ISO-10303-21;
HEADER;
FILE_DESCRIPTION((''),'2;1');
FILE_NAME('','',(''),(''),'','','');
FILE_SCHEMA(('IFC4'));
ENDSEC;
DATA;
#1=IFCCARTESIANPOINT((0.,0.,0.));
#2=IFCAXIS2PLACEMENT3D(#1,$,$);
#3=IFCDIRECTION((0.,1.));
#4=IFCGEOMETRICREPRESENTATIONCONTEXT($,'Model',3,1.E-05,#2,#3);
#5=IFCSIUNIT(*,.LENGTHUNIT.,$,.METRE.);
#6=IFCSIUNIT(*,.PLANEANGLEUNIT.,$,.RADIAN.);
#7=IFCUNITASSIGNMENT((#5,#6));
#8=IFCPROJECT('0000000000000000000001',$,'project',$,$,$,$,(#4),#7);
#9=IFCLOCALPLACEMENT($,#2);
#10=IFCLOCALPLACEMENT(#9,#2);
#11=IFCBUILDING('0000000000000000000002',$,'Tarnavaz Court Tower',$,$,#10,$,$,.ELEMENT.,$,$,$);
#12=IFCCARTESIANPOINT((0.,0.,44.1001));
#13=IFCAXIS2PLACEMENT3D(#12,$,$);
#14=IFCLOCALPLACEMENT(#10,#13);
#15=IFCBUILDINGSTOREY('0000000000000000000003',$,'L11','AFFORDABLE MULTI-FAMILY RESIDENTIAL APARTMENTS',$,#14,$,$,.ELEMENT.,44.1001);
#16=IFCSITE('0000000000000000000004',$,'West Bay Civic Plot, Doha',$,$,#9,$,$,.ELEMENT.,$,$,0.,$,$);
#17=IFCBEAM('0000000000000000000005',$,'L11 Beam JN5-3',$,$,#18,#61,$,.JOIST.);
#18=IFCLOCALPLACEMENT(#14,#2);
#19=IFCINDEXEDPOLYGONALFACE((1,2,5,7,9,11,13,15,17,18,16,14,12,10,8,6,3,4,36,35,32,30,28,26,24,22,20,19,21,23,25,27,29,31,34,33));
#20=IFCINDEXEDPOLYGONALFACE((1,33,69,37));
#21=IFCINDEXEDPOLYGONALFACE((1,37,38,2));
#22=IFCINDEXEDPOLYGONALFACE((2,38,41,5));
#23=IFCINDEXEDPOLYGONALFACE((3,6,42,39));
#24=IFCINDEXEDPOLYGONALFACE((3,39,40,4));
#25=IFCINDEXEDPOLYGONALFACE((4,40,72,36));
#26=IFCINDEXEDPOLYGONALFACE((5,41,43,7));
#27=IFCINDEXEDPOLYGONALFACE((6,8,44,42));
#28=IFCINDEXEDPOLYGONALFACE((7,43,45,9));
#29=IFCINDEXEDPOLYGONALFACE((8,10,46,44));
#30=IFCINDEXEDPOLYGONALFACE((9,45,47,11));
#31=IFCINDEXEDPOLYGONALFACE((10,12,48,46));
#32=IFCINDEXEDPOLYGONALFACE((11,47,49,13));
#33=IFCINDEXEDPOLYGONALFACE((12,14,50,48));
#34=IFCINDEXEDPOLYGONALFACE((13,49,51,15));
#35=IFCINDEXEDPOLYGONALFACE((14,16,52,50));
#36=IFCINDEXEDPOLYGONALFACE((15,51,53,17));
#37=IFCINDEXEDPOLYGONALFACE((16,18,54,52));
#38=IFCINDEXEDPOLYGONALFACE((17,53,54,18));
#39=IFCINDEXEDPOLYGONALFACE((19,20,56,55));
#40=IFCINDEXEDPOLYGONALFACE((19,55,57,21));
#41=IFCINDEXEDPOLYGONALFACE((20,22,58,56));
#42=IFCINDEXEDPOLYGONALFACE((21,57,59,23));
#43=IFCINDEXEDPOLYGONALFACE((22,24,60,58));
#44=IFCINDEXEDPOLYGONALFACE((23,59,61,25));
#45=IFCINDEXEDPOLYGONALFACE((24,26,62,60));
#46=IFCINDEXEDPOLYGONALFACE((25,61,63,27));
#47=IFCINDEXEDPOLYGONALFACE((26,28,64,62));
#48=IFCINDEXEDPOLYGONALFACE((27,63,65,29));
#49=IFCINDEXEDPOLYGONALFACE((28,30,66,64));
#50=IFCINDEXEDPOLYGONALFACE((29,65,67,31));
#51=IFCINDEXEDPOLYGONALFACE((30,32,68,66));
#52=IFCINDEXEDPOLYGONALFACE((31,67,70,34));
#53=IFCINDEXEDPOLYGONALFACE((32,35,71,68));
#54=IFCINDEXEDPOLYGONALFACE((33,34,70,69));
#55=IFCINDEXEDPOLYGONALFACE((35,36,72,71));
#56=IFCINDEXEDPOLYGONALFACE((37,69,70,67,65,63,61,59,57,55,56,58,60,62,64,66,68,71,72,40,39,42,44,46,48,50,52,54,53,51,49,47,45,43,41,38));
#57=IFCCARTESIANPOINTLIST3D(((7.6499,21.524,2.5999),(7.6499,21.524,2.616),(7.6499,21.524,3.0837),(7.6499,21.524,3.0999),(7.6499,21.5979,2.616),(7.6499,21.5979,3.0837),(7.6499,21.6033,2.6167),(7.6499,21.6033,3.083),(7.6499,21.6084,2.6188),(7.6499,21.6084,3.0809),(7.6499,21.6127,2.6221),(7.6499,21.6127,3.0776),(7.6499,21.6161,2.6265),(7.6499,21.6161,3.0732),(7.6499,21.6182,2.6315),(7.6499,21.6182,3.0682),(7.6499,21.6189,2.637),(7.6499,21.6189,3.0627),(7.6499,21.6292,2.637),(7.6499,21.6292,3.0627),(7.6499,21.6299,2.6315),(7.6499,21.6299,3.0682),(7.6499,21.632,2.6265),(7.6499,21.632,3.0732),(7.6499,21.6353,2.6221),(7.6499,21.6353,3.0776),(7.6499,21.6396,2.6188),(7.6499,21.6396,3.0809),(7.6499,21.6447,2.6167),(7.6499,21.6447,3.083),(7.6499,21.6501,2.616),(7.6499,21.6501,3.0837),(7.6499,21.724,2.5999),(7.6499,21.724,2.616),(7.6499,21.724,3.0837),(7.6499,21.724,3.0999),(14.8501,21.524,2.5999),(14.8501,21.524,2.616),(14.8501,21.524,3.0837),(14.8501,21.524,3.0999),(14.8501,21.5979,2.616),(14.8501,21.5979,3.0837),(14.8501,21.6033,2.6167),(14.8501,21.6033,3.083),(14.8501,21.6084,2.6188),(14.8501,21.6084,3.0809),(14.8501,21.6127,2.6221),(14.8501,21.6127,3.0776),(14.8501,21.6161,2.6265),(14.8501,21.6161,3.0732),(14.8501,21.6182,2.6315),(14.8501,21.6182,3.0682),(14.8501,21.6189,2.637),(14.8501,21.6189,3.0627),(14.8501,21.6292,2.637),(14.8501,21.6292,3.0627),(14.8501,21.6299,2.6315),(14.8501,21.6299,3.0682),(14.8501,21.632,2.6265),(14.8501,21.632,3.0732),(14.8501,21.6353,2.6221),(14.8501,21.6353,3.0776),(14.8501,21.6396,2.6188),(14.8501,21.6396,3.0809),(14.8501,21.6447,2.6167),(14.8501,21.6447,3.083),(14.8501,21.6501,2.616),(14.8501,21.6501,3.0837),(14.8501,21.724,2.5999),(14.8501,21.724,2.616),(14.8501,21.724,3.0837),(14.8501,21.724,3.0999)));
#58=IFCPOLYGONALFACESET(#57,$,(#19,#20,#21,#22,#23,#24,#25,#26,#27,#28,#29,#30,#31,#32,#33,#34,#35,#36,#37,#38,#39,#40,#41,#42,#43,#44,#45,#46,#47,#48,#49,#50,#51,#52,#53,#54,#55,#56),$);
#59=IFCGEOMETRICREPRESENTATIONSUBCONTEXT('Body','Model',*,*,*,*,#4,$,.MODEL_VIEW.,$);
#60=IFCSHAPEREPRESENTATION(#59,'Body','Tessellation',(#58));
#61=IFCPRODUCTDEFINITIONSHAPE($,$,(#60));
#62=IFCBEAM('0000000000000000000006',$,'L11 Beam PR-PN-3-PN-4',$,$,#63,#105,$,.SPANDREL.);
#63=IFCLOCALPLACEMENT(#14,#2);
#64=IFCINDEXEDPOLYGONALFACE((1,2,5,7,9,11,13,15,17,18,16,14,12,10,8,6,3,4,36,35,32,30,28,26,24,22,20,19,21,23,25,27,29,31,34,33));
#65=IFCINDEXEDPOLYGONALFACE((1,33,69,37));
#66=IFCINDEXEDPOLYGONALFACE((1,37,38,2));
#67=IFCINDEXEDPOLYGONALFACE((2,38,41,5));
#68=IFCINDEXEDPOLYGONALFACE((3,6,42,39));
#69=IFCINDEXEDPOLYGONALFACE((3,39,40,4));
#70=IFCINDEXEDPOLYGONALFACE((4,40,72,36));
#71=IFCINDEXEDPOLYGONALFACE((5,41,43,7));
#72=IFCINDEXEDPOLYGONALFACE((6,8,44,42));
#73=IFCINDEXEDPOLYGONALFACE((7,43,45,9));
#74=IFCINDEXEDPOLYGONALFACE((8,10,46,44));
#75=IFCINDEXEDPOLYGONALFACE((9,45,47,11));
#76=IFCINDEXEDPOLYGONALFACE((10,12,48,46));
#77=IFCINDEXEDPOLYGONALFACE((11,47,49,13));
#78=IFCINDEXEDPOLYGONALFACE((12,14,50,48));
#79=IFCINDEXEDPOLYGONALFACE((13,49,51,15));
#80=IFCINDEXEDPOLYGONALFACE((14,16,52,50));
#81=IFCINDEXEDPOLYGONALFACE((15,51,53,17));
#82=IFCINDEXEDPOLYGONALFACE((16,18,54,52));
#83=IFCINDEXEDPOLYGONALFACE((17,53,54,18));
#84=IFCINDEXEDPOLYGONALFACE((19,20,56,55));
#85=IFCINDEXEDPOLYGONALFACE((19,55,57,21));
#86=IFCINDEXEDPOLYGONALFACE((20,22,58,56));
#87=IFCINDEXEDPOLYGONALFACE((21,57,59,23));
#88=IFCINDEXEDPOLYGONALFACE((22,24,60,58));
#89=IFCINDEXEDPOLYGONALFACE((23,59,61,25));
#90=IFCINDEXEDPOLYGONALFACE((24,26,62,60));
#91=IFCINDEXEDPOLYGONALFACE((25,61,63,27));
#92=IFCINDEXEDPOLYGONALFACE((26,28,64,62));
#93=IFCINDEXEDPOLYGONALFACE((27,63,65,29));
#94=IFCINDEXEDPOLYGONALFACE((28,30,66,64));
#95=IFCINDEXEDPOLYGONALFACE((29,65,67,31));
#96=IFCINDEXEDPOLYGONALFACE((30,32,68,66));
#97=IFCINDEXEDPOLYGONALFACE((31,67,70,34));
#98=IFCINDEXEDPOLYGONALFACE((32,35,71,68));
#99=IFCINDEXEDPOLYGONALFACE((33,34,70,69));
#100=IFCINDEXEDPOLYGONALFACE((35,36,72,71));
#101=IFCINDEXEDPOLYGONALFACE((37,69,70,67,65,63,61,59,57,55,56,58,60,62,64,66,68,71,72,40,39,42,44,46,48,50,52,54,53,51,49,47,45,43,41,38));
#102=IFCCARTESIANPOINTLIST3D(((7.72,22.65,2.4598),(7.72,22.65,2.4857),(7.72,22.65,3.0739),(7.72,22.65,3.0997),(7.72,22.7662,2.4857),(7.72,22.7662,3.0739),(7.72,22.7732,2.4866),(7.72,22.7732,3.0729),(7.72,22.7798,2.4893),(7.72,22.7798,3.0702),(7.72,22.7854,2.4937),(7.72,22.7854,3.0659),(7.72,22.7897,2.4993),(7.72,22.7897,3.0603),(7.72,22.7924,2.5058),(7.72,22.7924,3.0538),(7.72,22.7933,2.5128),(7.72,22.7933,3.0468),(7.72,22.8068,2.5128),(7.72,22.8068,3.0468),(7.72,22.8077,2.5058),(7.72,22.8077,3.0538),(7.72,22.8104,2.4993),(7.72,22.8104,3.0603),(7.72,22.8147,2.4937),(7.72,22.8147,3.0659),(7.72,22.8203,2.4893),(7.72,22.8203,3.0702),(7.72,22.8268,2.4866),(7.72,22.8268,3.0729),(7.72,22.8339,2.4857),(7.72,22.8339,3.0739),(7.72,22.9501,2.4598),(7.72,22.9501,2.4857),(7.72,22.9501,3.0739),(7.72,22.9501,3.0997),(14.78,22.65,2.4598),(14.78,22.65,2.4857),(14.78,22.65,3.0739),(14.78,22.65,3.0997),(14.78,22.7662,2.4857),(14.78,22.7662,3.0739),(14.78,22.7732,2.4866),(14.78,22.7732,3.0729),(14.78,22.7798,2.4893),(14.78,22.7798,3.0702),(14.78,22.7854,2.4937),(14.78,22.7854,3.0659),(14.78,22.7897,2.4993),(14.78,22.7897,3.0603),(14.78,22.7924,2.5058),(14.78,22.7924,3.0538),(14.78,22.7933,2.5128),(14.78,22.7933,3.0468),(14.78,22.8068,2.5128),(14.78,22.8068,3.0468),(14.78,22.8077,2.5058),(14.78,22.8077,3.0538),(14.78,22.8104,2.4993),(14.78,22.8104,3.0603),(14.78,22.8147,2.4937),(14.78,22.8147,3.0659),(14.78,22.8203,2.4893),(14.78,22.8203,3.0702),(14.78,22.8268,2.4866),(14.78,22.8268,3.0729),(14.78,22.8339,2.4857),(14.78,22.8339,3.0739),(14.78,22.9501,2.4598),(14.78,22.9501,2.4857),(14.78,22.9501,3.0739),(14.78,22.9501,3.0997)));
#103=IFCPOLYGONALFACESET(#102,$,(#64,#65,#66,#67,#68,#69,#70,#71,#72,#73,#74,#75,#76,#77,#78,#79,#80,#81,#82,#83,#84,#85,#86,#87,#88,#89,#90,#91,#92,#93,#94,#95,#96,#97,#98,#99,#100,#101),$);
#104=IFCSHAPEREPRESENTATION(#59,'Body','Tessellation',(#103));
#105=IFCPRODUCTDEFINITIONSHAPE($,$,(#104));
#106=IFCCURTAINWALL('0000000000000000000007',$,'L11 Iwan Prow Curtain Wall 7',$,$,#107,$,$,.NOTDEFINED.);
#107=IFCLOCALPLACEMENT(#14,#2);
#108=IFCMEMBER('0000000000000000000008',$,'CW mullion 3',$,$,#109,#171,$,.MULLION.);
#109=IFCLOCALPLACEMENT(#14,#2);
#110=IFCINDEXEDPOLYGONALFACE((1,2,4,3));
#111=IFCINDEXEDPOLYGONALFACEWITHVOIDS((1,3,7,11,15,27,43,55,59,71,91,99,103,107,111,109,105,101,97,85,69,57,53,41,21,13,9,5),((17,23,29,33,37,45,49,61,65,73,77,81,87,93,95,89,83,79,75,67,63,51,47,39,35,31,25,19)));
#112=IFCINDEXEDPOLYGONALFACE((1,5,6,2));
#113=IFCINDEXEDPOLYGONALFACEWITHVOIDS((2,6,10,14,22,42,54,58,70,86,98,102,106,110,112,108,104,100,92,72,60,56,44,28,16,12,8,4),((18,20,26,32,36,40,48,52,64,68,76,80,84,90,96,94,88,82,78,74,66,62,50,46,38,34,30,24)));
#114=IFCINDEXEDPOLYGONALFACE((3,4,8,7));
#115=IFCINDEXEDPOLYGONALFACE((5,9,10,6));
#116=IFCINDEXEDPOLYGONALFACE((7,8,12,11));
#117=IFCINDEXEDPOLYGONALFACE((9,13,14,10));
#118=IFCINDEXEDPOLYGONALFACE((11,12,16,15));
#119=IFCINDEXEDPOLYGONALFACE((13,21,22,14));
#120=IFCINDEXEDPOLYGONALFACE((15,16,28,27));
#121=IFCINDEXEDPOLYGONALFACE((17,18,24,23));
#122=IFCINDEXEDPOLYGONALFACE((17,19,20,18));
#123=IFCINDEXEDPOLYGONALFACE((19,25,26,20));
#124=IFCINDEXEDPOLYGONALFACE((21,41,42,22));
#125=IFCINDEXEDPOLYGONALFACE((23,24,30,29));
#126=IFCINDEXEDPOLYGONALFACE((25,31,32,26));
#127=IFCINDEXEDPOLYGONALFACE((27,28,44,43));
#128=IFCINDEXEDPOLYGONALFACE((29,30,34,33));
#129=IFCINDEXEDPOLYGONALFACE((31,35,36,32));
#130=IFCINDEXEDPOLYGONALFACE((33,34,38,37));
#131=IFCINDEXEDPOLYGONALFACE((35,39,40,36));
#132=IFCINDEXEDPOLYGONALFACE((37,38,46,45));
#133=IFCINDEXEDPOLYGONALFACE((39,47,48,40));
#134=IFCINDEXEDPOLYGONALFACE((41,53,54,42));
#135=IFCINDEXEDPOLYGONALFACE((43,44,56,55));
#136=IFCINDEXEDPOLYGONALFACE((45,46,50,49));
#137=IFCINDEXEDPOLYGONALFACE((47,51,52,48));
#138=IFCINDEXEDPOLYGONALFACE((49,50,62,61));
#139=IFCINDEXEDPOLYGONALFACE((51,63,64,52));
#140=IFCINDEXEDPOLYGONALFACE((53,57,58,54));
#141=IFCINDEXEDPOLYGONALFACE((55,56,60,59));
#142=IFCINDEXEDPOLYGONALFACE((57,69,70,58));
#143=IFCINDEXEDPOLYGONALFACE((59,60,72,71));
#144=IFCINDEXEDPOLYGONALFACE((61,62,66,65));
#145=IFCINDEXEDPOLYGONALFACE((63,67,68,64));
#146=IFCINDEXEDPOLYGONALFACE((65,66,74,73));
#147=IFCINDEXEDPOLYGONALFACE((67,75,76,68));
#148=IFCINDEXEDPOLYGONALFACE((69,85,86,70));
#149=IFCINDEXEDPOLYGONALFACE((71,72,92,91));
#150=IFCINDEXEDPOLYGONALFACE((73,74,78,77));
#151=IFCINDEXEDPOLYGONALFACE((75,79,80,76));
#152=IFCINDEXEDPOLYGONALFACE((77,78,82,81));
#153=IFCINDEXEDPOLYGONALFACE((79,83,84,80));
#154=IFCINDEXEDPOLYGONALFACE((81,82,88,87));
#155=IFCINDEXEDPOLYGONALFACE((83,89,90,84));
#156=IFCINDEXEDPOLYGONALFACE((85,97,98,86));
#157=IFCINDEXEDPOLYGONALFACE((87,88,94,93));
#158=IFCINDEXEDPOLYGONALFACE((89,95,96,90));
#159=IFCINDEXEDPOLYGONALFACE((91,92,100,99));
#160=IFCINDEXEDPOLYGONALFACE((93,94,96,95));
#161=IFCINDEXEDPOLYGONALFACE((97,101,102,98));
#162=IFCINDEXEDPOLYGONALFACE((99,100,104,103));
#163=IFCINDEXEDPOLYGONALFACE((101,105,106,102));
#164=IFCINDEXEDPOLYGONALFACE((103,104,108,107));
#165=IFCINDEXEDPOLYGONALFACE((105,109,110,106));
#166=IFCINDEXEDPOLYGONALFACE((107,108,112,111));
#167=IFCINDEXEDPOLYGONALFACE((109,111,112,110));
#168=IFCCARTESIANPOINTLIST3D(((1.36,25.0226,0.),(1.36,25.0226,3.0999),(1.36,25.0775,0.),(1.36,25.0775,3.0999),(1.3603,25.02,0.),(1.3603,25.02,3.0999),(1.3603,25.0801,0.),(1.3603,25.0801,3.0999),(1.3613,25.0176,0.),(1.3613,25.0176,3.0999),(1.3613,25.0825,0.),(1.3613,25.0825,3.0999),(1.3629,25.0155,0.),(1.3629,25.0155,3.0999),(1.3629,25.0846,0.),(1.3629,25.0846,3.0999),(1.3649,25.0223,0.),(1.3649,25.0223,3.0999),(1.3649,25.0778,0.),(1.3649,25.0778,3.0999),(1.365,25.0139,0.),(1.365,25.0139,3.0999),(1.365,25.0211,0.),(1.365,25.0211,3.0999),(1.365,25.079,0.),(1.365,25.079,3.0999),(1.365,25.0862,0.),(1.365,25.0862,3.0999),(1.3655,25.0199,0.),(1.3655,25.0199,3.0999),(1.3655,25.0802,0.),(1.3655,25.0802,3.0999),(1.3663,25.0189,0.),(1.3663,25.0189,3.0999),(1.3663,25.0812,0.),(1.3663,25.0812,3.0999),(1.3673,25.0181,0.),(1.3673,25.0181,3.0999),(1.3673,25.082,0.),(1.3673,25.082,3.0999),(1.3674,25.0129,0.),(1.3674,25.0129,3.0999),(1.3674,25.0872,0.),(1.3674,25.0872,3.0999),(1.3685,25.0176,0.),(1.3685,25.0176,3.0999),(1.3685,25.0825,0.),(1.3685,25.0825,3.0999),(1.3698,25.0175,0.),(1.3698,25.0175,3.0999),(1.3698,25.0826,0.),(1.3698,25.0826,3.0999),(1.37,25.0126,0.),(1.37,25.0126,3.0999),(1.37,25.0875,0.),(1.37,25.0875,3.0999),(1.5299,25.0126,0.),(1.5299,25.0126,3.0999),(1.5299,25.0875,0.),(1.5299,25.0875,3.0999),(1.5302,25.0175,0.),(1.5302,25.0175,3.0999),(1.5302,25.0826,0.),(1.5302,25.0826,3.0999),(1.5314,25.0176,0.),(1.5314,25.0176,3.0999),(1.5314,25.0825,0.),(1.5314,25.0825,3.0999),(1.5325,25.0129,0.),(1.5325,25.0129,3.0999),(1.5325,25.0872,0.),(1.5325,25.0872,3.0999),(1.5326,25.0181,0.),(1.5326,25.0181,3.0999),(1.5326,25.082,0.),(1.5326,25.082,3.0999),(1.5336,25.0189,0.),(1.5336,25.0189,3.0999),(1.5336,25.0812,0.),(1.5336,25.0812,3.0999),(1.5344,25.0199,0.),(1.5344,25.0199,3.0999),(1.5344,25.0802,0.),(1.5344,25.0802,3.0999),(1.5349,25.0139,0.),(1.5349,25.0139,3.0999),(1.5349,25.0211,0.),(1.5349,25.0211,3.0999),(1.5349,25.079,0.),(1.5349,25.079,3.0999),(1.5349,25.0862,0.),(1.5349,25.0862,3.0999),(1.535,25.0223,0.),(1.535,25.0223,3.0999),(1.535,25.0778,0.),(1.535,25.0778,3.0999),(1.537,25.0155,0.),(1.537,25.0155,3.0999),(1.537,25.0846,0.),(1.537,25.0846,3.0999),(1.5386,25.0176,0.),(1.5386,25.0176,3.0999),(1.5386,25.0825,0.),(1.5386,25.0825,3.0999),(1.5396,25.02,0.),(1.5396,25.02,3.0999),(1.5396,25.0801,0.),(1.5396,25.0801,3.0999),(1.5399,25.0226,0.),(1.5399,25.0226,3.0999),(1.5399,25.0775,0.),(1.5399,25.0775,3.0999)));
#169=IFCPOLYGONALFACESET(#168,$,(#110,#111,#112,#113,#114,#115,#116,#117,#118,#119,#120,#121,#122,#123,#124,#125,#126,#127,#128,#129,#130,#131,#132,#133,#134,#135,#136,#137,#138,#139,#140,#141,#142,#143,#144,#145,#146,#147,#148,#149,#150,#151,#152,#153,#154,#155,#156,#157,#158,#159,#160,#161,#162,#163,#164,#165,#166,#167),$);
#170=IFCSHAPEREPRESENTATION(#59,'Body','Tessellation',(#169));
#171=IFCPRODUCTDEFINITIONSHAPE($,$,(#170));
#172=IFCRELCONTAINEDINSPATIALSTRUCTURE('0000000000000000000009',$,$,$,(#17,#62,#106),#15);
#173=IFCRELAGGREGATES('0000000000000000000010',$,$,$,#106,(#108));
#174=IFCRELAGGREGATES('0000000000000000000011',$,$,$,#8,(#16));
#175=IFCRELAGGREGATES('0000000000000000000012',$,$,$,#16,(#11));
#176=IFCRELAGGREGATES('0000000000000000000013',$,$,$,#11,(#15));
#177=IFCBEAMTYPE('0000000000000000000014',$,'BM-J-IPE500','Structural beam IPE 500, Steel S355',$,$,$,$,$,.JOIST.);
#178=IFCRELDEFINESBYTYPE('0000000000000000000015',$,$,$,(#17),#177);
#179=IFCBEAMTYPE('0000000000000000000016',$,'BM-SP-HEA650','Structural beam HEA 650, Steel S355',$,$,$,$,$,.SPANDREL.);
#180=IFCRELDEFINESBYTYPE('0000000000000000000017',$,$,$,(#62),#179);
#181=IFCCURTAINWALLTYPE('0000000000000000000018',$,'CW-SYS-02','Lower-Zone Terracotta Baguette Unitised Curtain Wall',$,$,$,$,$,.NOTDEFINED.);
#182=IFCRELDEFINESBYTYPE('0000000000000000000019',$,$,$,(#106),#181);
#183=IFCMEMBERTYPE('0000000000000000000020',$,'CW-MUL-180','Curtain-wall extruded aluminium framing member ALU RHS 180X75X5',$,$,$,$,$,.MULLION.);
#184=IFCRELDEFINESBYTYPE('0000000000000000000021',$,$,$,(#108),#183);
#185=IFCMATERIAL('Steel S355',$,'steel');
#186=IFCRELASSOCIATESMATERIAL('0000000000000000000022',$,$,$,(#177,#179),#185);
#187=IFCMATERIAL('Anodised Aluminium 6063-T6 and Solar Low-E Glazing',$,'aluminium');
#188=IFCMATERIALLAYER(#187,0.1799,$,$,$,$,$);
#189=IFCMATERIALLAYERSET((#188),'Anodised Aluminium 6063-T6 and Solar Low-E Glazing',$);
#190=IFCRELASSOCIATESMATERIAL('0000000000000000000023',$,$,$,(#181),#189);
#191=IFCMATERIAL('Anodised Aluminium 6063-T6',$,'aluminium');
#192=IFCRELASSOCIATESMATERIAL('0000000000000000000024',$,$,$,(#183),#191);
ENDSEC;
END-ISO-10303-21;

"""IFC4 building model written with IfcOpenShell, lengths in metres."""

from ifc_helpers import new_model, si_unit, direction, frame, origin, origin_2d, place, context, subcontext, project, spatial, hollow_rectangle, i_section, extrude, material, layer, layer_set, material_profile, profile_set, type_object, element, aggregate, save


model = new_model("IFC4")

# Units and contexts
model_context = context("Model", 3, precision=1e-05, world=origin(), true_north=direction((0.0, 1.0)))
body_context = subcontext(model_context, "Body", "Model", "MODEL_VIEW")
ifc_project = project(units=[si_unit("LENGTHUNIT", "METRE"), si_unit("PLANEANGLEUNIT", "RADIAN")], contexts=[model_context])

# Site, building, storey
site_placement = place(None, origin())
site = spatial("IfcSite", under=ifc_project, at=site_placement, Name="West Bay Civic Plot, Doha", CompositionType="ELEMENT", RefElevation=0.0)
building_placement = place(site_placement, origin())
building = spatial("IfcBuilding", under=site, at=building_placement, Name="Tarnavaz Court Tower", CompositionType="ELEMENT")
storey_placement = place(building_placement, frame((0.0, 0.0, 44.1001)))
storey = spatial("IfcBuildingStorey", under=building, at=storey_placement, Name="L11", Description="AFFORDABLE MULTI-FAMILY RESIDENTIAL APARTMENTS", CompositionType="ELEMENT", Elevation=44.1001)

# Beams
ifc_material_1 = material(Name="Steel S355", Category="steel")
ifc_material_profile_1 = material_profile(ifc_material_1, i_section(OverallWidth=0.2, OverallDepth=0.5, WebThickness=0.0103, FlangeThickness=0.0161, FilletRadius=0.021, at=origin_2d()), Name="IPE 500")
ifc_profile_set_1 = profile_set([ifc_material_profile_1], Name="Steel S355")
beam_type_1 = type_object("IfcBeamType", Name="BM-J-IPE500", Description="Structural beam IPE 500, Steel S355", PredefinedType="JOIST", material=ifc_profile_set_1)
for number, where, z_axis, x_axis, name in (
    (1, (7.6499, 21.624, 2.8499), (1.0, 0.0, 0.0), (0.0, 1.0, 0.0), "L11 Beam JN5-3"),
):
    element("IfcBeam", number, at=place(storey_placement, frame(where, z_axis=z_axis, x_axis=x_axis)), inside=storey, type_object=beam_type_1, Name=name, PredefinedType="JOIST", context=body_context, shape_type="SweptSolid", body=[
        extrude(i_section(OverallWidth=0.2, OverallDepth=0.5, WebThickness=0.0103, FlangeThickness=0.0161, FilletRadius=0.021, at=origin_2d()), origin(), (0.0, 0.0, 1.0), 7.2002),
    ])
ifc_material_profile_2 = material_profile(ifc_material_1, i_section(OverallWidth=0.3, OverallDepth=0.6399, WebThickness=0.0134, FlangeThickness=0.0259, FilletRadius=0.0271, at=origin_2d()), Name="HEA 650")
ifc_profile_set_2 = profile_set([ifc_material_profile_2], Name="Steel S355")
beam_type_2 = type_object("IfcBeamType", Name="BM-SP-HEA650", Description="Structural beam HEA 650, Steel S355", PredefinedType="SPANDREL", material=ifc_profile_set_2)
beam_placement = place(storey_placement, frame((7.72, 22.8, 2.7798), z_axis=(1.0, 0.0, 0.0), x_axis=(0.0, 1.0, 0.0)))
element("IfcBeam", 2, at=beam_placement, inside=storey, type_object=beam_type_2, Name="L11 Beam PR-PN-3-PN-4", PredefinedType="SPANDREL", context=body_context, shape_type="SweptSolid", body=[
    extrude(i_section(OverallWidth=0.3, OverallDepth=0.6399, WebThickness=0.0134, FlangeThickness=0.0259, FilletRadius=0.0271, at=origin_2d()), origin(), (0.0, 0.0, 1.0), 7.0601),
])

# Curtain wall, member
ifc_material_2 = material(Name="Anodised Aluminium 6063-T6 and Solar Low-E Glazing", Category="aluminium")
ifc_layer_1 = layer(ifc_material_2, 0.1799)
ifc_layer_set_1 = layer_set([ifc_layer_1], Name="Anodised Aluminium 6063-T6 and Solar Low-E Glazing")
curtain_wall_type = type_object("IfcCurtainWallType", Name="CW-SYS-02", Description="Lower-Zone Terracotta Baguette Unitised Curtain Wall", PredefinedType="NOTDEFINED", material=ifc_layer_set_1)
curtain_wall_placement = place(storey_placement, origin())
curtain_wall = element("IfcCurtainWall", 3, at=curtain_wall_placement, inside=storey, type_object=curtain_wall_type, Name="L11 Iwan Prow Curtain Wall 7", PredefinedType="NOTDEFINED")
ifc_material_3 = material(Name="Anodised Aluminium 6063-T6", Category="aluminium")
ifc_material_profile_3 = material_profile(ifc_material_3, hollow_rectangle(XDim=0.075, YDim=0.1799, WallThickness=0.0049, InnerFilletRadius=0.0049, OuterFilletRadius=0.01, at=origin_2d()), Name="ALU RHS 180X75X5")
ifc_profile_set_3 = profile_set([ifc_material_profile_3], Name="Anodised Aluminium 6063-T6")
member_type_1 = type_object("IfcMemberType", Name="CW-MUL-180", Description="Curtain-wall extruded aluminium framing member ALU RHS 180X75X5", PredefinedType="MULLION", material=ifc_profile_set_3)
member_1_placement = place(storey_placement, frame((1.45, 25.05, 0.0), z_axis=(0.0, 0.0, 1.0), x_axis=(0.0, 1.0, 0.0)))
member_1 = element("IfcMember", 4, at=member_1_placement, type_object=member_type_1, Name="CW mullion 3", PredefinedType="MULLION", context=body_context, shape_type="SweptSolid", body=[
    extrude(hollow_rectangle(XDim=0.075, YDim=0.1799, WallThickness=0.0049, InnerFilletRadius=0.0049, OuterFilletRadius=0.01, at=origin_2d()), origin(), (0.0, 0.0, 1.0), 3.0999),
])
aggregate(curtain_wall, [member_1])

save(model, "model.ifc")
